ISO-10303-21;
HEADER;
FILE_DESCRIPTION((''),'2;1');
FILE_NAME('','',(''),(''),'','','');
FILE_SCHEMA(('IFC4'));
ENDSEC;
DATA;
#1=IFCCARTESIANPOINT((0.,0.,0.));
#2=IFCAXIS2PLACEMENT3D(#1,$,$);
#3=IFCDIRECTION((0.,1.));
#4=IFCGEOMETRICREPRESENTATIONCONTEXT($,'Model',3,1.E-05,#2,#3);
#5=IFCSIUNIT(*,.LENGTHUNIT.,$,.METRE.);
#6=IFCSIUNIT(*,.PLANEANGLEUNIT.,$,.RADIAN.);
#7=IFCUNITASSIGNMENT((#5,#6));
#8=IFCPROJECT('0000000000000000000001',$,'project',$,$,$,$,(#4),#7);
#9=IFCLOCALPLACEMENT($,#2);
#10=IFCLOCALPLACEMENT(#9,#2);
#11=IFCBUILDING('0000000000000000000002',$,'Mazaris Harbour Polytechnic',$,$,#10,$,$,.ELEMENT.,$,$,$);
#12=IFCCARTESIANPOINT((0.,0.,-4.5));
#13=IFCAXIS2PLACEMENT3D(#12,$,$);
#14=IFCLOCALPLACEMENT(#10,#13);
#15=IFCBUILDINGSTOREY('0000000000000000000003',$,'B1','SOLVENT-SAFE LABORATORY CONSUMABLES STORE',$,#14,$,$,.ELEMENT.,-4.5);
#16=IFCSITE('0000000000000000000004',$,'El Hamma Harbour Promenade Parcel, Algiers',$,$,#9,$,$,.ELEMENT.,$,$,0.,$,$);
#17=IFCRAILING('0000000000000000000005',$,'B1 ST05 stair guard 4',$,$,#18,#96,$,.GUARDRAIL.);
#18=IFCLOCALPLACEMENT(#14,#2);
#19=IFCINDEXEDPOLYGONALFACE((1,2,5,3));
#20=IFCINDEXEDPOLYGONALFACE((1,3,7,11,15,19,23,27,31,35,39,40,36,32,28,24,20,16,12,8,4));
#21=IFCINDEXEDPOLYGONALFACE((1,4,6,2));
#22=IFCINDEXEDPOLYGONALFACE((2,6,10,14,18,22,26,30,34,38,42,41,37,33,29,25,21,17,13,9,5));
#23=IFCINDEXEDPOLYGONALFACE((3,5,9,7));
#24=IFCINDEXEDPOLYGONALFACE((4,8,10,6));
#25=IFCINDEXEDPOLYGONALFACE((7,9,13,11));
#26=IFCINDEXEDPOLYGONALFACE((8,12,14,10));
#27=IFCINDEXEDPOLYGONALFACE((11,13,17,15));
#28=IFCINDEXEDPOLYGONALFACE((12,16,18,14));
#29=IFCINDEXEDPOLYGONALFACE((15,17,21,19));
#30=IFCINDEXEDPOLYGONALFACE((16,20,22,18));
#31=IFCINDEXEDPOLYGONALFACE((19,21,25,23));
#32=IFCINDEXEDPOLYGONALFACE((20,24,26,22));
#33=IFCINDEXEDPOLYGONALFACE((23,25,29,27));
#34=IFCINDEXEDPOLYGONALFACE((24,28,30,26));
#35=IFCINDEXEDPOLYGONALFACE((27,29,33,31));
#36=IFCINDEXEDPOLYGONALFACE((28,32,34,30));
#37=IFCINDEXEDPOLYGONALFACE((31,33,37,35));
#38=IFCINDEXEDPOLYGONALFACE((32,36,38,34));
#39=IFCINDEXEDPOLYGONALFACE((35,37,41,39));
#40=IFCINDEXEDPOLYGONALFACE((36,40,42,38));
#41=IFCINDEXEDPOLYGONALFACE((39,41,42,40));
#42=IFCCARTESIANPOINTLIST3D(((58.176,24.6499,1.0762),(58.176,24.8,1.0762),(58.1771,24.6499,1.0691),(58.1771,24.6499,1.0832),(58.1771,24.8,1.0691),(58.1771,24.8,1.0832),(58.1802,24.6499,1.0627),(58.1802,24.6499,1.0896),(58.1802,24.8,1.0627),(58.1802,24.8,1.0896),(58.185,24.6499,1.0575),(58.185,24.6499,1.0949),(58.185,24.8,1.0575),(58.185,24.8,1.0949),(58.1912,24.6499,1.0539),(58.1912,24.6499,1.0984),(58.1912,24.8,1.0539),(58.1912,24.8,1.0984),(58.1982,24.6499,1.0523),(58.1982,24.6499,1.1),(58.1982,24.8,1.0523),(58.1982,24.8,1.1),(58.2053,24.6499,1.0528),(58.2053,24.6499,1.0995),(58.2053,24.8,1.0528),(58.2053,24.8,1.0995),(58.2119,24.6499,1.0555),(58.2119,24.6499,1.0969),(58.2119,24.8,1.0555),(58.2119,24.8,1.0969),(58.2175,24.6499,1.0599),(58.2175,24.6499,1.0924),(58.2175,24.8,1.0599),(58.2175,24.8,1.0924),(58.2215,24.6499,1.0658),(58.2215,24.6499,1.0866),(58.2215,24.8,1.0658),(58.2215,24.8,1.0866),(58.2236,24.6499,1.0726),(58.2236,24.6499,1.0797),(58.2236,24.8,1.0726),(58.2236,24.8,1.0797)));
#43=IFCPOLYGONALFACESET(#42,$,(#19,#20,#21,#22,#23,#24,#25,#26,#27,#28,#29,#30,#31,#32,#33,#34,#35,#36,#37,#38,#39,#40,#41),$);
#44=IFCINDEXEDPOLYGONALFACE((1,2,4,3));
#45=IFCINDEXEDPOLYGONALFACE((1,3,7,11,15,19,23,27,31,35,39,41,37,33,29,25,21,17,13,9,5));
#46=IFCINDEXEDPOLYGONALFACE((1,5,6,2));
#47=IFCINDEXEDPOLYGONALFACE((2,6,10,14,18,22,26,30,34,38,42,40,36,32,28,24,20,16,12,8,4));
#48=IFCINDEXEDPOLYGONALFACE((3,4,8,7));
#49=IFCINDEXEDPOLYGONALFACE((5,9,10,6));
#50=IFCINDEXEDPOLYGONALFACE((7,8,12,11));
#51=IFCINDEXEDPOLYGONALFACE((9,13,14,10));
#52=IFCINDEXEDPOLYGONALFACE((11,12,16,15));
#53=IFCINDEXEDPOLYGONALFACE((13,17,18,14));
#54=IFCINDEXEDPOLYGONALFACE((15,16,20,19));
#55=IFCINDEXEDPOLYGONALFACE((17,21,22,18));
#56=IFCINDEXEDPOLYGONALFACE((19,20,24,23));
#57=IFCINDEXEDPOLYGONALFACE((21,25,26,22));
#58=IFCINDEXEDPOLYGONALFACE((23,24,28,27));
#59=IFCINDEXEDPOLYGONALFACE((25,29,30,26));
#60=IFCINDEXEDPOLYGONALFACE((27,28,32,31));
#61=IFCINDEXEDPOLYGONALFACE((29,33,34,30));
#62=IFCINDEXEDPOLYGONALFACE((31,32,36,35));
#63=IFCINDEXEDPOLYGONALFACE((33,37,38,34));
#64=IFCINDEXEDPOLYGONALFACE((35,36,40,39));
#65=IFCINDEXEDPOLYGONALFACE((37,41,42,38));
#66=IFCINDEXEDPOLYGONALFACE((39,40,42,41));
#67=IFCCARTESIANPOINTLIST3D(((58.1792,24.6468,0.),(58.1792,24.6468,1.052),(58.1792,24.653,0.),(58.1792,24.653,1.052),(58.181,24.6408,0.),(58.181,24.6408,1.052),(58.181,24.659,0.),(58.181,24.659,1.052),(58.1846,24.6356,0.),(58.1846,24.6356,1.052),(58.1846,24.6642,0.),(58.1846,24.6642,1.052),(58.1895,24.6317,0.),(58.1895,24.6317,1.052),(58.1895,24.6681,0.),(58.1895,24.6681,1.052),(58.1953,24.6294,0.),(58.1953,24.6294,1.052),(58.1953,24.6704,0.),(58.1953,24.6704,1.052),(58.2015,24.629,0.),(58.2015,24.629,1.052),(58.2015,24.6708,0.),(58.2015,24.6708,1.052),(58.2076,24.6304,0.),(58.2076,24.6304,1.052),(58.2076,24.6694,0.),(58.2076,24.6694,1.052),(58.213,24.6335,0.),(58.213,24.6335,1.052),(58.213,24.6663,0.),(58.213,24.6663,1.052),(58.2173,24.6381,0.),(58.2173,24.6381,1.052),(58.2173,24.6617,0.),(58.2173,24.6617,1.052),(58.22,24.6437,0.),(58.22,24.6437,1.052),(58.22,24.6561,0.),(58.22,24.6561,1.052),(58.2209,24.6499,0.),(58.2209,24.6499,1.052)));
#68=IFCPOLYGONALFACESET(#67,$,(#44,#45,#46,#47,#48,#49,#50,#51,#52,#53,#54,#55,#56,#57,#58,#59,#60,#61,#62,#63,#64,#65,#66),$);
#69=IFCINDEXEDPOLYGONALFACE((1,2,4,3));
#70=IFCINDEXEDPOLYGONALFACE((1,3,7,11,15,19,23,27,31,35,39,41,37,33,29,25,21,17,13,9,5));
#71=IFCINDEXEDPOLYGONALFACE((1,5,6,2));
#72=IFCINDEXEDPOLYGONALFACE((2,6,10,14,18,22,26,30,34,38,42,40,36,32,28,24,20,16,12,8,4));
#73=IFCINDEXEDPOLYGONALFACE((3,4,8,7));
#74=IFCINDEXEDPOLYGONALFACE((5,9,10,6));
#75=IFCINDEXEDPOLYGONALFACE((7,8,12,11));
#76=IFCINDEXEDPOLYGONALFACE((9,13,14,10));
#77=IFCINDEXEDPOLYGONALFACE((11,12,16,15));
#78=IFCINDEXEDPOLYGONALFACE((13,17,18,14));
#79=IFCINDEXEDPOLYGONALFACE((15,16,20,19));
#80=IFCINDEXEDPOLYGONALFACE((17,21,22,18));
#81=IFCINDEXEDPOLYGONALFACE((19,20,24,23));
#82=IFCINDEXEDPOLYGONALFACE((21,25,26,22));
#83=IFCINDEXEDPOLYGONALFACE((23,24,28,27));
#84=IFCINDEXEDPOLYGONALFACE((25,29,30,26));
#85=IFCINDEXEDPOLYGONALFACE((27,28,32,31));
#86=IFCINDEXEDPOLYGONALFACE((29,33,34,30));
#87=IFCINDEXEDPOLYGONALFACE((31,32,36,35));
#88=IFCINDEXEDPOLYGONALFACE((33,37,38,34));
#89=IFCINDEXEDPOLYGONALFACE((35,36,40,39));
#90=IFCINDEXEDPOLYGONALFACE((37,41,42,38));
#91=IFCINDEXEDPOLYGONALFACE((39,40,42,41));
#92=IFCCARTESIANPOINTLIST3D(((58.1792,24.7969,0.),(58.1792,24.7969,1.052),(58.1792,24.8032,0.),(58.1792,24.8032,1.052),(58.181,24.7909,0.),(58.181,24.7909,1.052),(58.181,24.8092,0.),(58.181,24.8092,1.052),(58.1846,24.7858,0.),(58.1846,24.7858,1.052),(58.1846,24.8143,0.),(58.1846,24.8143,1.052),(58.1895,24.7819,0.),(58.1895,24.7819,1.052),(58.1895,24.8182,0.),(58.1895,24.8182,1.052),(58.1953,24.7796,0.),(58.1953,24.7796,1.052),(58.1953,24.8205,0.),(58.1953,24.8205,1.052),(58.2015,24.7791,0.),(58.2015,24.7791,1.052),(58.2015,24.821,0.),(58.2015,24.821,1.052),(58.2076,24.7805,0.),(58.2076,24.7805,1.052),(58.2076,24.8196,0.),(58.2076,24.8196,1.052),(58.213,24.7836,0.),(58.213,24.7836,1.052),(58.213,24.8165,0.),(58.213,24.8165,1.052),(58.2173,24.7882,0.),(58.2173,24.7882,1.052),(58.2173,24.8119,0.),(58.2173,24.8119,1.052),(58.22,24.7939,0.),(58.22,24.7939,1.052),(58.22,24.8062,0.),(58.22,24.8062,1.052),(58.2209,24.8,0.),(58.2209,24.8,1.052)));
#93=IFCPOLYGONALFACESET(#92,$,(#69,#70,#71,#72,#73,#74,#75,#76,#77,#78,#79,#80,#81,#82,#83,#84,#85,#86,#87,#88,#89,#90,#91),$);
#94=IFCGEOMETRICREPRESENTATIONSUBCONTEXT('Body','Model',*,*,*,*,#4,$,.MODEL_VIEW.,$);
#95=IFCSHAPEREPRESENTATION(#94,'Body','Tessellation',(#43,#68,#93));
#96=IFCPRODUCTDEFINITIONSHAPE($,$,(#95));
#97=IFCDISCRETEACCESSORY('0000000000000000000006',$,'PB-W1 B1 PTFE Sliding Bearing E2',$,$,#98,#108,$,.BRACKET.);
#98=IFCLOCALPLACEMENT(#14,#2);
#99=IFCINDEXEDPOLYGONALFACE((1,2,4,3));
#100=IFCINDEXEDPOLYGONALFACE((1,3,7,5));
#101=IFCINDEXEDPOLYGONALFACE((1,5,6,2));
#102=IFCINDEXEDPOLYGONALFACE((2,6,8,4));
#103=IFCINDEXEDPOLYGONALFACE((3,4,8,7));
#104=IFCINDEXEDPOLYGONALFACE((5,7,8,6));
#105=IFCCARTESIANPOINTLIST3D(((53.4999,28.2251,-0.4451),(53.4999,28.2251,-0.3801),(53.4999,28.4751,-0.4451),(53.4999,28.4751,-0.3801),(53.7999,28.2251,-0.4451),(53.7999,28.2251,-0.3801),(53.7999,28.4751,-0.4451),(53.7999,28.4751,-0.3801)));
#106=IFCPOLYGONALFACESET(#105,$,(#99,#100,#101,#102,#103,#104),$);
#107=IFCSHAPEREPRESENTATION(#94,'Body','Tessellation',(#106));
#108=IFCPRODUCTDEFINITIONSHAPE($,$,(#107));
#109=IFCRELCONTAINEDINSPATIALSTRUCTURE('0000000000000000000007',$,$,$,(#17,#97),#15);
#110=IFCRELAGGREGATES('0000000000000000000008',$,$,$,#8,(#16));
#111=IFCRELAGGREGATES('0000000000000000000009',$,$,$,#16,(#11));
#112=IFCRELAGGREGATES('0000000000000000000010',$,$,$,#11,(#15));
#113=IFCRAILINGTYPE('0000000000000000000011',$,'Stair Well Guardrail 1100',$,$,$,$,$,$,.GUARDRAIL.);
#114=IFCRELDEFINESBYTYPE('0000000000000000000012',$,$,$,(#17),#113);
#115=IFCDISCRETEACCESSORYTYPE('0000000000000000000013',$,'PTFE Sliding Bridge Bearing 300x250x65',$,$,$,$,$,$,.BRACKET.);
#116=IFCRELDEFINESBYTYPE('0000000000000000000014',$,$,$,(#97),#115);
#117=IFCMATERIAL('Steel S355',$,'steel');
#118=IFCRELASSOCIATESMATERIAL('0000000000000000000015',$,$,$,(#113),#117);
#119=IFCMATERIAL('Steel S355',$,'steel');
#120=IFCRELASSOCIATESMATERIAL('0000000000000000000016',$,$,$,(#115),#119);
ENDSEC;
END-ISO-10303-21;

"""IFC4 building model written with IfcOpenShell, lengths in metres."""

from ifc_helpers import new_model, si_unit, direction, frame, origin, origin_2d, place, context, subcontext, project, spatial, rectangle, circle, extrude, material, type_object, element, save


model = new_model("IFC4")

# Units and contexts
model_context = context("Model", 3, precision=1e-05, world=origin(), true_north=direction((0.0, 1.0)))
body_context = subcontext(model_context, "Body", "Model", "MODEL_VIEW")
ifc_project = project(units=[si_unit("LENGTHUNIT", "METRE"), si_unit("PLANEANGLEUNIT", "RADIAN")], contexts=[model_context])

# Site, building, storey
site_placement = place(None, origin())
site = spatial("IfcSite", under=ifc_project, at=site_placement, Name="El Hamma Harbour Promenade Parcel, Algiers", CompositionType="ELEMENT", RefElevation=0.0)
building_placement = place(site_placement, origin())
building = spatial("IfcBuilding", under=site, at=building_placement, Name="Mazaris Harbour Polytechnic", CompositionType="ELEMENT")
storey_placement = place(building_placement, frame((0.0, 0.0, -4.5)))
storey = spatial("IfcBuildingStorey", under=building, at=storey_placement, Name="B1", Description="SOLVENT-SAFE LABORATORY CONSUMABLES STORE", CompositionType="ELEMENT", Elevation=-4.5)

# Railing
ifc_material_1 = material(Name="Steel S355", Category="steel")
railing_type_1 = type_object("IfcRailingType", Name="Stair Well Guardrail 1100", PredefinedType="GUARDRAIL", material=ifc_material_1)
railing_1_placement = place(storey_placement, frame((58.2, 24.6499, 0.0)))
element("IfcRailing", 1, at=railing_1_placement, inside=storey, type_object=railing_type_1, Name="B1 ST05 stair guard 4", PredefinedType="GUARDRAIL", context=body_context, shape_type="SweptSolid", body=[
    extrude(circle(Radius=0.0239, at=origin_2d()), frame((0.0, 0.0, 1.0762), z_axis=(0.0, 1.0, 0.0), x_axis=(-1.0, 0.0, 0.0)), (0.0, 0.0, 1.0), 0.1501),
    extrude(circle(Radius=0.021, at=origin_2d()), origin(), (0.0, 0.0, 1.0), 1.052),
    extrude(circle(Radius=0.021, at=origin_2d()), frame((0.0, 0.1501, 0.0)), (0.0, 0.0, 1.0), 1.052),
])

# Discrete accessory
ifc_material_2 = material(Name="Steel S355", Category="steel")
discrete_accessory_type = type_object("IfcDiscreteAccessoryType", Name="PTFE Sliding Bridge Bearing 300x250x65", PredefinedType="BRACKET", material=ifc_material_2)
discrete_accessory_placement = place(storey_placement, frame((53.6499, 28.3501, -0.4451), z_axis=(0.0, 0.0, 1.0), x_axis=(1.0, 0.0, 0.0)))
element("IfcDiscreteAccessory", 2, at=discrete_accessory_placement, inside=storey, type_object=discrete_accessory_type, Name="PB-W1 B1 PTFE Sliding Bearing E2", PredefinedType="BRACKET", context=body_context, shape_type="SweptSolid", body=[
    extrude(rectangle(XDim=0.3, YDim=0.25, at=origin_2d()), origin(), (0.0, 0.0, 1.0), 0.0649),
])

save(model, "model.ifc")
